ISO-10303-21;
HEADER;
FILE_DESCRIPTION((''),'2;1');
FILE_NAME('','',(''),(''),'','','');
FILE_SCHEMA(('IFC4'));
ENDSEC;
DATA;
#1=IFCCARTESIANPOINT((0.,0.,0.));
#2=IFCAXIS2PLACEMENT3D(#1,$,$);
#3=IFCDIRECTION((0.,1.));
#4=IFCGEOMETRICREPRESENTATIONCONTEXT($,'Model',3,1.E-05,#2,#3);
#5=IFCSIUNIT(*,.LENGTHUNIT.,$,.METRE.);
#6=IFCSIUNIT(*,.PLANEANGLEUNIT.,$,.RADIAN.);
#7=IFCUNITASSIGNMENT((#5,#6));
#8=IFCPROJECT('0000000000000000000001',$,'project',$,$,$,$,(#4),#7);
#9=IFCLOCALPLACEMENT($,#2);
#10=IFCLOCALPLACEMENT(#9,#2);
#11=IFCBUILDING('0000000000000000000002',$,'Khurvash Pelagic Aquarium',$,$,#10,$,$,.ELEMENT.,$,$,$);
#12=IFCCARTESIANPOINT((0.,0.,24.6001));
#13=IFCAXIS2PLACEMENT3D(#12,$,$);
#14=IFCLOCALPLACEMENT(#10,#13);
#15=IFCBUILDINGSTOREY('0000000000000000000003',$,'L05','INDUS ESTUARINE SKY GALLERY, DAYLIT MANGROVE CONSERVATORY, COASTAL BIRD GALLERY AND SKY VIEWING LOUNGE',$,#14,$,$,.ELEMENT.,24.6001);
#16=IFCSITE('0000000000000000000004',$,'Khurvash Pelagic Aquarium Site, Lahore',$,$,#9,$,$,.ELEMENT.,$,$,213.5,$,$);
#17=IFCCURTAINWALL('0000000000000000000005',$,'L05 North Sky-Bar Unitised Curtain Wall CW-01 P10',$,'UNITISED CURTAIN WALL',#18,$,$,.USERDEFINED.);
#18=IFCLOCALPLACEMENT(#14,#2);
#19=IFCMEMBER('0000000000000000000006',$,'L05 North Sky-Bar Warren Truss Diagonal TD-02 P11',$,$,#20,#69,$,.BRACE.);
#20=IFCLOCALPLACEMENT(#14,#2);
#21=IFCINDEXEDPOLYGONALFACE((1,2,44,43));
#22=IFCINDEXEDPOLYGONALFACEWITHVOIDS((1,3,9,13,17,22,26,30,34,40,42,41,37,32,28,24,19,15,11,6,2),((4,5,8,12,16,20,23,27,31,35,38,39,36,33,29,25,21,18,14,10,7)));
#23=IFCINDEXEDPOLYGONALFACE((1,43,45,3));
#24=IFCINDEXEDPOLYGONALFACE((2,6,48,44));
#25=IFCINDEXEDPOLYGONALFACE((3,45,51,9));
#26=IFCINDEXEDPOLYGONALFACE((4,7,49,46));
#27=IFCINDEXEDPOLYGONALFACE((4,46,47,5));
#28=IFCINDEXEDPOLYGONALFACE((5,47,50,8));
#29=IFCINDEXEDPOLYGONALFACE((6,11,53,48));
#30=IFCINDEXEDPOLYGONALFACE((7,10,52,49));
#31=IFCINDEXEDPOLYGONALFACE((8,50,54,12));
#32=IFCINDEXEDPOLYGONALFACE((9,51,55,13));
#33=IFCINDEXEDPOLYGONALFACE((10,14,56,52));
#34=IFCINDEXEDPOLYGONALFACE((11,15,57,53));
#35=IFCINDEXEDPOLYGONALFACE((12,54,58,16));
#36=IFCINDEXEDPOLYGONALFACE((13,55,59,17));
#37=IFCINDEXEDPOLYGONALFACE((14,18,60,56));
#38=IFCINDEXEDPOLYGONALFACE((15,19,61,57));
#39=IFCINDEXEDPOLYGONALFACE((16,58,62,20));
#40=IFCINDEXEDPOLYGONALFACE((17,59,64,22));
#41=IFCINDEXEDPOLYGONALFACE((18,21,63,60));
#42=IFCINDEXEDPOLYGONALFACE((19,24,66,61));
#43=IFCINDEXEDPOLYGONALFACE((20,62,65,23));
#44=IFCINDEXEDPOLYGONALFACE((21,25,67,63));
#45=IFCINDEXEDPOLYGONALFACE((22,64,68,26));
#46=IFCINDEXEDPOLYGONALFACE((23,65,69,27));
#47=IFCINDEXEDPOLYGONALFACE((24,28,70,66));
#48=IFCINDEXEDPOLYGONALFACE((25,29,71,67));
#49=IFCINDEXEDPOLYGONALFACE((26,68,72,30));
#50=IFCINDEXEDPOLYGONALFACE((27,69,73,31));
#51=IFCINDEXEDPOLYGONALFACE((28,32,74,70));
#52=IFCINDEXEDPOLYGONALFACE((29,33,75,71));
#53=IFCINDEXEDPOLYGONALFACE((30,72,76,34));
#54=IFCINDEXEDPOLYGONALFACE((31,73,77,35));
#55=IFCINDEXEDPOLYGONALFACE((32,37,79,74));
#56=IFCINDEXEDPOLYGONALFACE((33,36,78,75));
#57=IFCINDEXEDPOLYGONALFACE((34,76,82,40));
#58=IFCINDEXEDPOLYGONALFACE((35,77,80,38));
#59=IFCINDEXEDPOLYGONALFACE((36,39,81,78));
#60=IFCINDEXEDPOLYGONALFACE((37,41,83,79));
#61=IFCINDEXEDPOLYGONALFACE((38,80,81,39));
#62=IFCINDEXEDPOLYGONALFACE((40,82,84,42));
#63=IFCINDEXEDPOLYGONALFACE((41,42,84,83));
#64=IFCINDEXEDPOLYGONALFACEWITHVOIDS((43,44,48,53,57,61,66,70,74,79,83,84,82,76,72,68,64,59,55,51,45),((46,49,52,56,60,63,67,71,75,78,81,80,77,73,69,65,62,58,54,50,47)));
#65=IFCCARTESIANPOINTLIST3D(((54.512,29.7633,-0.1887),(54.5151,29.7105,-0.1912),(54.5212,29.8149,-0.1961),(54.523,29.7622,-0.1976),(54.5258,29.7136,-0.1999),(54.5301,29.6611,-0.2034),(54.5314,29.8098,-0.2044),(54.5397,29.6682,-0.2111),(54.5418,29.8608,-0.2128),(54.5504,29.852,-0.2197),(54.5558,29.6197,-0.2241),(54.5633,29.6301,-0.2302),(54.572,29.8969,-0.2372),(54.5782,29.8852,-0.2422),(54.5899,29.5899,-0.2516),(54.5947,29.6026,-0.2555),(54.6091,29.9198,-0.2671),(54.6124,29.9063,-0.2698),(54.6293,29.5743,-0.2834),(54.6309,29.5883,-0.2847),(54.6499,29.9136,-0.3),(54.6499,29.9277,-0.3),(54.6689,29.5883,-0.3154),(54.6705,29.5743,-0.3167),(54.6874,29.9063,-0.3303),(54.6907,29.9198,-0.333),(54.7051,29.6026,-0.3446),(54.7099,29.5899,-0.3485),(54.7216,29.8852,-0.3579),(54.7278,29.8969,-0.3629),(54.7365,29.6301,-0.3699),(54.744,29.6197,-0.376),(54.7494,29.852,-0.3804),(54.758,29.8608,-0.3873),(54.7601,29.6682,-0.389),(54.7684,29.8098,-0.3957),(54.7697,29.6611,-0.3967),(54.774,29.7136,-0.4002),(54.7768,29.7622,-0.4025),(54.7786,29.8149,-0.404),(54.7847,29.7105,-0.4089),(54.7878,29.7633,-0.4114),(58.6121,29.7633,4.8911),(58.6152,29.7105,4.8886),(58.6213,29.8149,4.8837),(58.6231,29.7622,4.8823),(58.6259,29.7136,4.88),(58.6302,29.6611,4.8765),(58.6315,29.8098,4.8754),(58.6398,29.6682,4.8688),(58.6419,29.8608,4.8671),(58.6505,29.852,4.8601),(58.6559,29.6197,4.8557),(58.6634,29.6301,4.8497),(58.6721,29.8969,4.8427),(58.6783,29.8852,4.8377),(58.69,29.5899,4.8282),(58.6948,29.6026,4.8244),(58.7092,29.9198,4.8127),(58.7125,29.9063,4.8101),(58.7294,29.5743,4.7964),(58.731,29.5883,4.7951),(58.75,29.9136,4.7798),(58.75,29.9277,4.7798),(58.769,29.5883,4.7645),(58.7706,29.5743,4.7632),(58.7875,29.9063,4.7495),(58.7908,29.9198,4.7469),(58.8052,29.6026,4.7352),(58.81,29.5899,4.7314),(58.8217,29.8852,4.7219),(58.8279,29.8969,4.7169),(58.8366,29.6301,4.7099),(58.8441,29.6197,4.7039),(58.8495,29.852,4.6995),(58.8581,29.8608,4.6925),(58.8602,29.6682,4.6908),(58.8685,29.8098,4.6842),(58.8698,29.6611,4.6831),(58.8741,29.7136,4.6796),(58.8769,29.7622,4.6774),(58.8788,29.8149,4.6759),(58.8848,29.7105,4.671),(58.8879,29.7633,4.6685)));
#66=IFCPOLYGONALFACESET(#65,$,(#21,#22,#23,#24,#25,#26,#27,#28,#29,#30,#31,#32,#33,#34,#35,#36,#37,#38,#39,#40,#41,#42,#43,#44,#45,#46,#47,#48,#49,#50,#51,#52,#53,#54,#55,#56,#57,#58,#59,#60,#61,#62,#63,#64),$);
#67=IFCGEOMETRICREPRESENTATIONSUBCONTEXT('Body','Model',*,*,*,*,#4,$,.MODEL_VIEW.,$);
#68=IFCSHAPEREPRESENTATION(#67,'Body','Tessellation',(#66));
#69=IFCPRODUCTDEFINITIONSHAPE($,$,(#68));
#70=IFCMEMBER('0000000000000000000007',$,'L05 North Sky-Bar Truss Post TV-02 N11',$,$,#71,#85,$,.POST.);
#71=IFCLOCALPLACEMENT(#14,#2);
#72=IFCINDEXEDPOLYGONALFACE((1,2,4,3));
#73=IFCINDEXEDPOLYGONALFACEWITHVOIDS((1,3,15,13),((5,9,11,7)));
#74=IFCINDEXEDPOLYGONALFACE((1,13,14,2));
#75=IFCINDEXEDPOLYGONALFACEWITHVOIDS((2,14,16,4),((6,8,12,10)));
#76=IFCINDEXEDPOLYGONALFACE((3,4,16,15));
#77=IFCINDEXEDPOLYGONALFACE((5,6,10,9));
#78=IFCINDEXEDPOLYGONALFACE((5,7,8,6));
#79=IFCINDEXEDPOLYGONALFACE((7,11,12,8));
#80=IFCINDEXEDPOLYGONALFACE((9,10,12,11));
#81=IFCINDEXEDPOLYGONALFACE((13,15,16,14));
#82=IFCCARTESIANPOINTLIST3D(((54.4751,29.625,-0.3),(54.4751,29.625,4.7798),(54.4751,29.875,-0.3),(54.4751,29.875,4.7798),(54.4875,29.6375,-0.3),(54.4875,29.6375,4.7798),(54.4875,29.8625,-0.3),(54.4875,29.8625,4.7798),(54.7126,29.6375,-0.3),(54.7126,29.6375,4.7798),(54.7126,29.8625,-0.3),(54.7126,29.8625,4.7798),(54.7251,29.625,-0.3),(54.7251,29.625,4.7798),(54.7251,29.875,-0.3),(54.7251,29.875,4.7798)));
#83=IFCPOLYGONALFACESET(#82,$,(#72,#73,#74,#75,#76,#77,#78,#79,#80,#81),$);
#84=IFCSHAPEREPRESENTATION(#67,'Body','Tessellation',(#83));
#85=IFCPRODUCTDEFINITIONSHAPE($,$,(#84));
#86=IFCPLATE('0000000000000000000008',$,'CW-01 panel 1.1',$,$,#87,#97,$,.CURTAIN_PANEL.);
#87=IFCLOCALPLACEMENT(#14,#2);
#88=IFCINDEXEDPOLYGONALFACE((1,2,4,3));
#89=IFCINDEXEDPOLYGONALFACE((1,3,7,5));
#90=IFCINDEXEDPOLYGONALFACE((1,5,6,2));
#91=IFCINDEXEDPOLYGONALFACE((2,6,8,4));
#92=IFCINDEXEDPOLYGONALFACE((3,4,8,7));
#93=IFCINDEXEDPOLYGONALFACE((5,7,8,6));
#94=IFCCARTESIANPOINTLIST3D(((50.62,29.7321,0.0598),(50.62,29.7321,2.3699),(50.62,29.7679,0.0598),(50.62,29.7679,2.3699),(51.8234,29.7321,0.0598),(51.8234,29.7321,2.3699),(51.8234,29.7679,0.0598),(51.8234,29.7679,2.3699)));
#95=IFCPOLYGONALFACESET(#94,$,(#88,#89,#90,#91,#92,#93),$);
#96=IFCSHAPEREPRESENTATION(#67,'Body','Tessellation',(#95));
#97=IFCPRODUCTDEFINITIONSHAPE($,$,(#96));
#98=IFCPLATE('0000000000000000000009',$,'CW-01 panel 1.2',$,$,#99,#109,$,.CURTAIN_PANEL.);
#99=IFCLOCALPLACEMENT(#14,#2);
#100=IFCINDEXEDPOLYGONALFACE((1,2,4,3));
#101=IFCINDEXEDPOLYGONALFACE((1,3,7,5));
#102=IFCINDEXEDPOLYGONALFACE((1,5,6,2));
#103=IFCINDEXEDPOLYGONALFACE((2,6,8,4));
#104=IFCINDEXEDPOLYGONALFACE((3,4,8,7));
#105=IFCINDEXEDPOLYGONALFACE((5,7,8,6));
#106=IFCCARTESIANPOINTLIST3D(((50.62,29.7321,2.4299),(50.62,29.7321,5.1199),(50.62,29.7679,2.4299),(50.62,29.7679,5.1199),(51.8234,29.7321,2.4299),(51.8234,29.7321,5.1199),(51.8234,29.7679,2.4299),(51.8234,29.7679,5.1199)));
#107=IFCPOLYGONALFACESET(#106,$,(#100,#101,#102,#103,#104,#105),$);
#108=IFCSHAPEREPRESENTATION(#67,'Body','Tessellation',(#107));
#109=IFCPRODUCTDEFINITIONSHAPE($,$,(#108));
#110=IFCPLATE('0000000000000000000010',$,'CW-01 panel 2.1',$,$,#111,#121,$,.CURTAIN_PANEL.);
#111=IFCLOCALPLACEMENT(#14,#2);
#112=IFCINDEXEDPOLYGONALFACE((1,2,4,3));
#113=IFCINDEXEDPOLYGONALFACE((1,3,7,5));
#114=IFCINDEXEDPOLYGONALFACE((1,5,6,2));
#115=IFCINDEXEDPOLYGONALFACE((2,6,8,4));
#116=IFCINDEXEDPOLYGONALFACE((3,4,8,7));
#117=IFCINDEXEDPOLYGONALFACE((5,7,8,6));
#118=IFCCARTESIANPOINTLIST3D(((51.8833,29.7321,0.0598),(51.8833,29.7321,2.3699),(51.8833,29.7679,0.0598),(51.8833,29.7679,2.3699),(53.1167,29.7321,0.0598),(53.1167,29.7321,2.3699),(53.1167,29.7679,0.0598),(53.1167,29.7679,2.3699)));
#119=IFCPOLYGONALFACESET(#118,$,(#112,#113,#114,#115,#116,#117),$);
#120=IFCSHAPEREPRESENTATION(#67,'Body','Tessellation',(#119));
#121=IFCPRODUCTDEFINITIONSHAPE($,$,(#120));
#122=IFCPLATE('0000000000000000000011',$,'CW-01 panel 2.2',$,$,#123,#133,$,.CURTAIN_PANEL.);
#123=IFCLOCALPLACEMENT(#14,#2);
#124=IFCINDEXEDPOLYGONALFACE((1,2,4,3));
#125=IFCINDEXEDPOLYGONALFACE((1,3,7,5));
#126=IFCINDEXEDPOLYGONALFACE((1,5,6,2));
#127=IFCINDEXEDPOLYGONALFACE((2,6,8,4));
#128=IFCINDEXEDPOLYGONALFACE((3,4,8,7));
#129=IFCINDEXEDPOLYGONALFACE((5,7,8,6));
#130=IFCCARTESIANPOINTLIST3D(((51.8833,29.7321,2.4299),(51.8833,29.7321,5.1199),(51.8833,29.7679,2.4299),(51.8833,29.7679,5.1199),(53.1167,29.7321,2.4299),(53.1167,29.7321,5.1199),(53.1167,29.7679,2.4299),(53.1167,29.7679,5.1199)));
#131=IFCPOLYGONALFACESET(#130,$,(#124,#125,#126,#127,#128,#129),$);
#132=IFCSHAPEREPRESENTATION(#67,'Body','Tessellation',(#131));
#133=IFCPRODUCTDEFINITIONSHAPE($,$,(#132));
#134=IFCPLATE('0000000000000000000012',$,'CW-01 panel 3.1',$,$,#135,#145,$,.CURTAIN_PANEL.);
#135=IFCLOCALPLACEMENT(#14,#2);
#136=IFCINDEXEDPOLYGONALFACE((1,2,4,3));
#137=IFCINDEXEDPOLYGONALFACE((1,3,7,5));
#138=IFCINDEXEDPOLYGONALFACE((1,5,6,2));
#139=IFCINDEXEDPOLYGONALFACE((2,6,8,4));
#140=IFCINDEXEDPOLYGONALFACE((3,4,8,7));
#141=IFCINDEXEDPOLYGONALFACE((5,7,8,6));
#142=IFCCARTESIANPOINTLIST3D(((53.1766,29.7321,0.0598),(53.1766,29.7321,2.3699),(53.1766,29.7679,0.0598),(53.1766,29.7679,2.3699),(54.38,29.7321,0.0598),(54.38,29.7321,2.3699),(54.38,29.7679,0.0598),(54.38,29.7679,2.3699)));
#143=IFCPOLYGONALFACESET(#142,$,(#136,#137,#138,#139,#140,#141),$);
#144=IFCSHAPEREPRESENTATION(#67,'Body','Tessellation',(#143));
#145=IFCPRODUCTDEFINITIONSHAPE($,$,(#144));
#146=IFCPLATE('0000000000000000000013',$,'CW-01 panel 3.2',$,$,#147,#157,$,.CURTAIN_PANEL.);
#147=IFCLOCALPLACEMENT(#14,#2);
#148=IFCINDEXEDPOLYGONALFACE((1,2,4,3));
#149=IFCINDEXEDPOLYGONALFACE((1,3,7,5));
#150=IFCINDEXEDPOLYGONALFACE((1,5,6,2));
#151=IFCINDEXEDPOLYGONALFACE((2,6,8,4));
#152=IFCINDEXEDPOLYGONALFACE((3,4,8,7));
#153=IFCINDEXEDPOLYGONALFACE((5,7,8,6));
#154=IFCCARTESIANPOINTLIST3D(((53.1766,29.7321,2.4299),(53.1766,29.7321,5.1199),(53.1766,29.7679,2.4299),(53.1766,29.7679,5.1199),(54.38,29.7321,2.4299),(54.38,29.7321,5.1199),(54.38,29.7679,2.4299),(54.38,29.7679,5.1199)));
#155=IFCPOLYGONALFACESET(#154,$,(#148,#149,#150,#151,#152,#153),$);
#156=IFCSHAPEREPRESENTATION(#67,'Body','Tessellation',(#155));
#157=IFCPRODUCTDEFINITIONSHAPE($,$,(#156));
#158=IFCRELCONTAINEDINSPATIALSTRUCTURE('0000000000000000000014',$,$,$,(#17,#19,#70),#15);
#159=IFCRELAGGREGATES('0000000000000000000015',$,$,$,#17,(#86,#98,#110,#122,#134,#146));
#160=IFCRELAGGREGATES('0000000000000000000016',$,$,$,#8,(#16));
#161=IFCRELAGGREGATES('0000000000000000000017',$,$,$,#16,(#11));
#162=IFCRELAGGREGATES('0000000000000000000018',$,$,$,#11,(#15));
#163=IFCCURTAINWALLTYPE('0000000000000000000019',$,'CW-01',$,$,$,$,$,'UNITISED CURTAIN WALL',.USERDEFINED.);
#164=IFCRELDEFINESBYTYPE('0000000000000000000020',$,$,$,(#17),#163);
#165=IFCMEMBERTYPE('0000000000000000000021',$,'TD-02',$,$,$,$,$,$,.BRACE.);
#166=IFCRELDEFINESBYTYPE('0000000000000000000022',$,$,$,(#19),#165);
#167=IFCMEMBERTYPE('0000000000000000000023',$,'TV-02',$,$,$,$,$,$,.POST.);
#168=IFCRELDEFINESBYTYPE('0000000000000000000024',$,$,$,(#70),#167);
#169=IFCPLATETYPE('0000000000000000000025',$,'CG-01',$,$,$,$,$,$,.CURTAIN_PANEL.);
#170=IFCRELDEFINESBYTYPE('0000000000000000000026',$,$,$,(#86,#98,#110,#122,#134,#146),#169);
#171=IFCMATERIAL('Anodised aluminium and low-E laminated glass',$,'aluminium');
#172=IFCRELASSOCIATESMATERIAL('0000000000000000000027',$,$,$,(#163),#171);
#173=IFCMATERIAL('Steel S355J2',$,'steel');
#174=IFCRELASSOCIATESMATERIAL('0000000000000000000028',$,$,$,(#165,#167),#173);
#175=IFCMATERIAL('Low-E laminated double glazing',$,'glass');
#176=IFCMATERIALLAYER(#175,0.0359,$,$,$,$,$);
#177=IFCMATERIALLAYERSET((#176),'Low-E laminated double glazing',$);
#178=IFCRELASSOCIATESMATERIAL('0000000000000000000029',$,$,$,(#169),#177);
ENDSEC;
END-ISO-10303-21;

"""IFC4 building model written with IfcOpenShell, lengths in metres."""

from ifc_helpers import new_model, si_unit, direction, frame, origin, origin_2d, place, context, subcontext, project, spatial, rectangle, hollow_rectangle, hollow_circle, extrude, material, layer, layer_set, material_profile, profile_set, type_object, element, aggregate, save


model = new_model("IFC4")

# Units and contexts
model_context = context("Model", 3, precision=1e-05, world=origin(), true_north=direction((0.0, 1.0)))
body_context = subcontext(model_context, "Body", "Model", "MODEL_VIEW")
ifc_project = project(units=[si_unit("LENGTHUNIT", "METRE"), si_unit("PLANEANGLEUNIT", "RADIAN")], contexts=[model_context])

# Site, building, storey
site_placement = place(None, origin())
site = spatial("IfcSite", under=ifc_project, at=site_placement, Name="Khurvash Pelagic Aquarium Site, Lahore", CompositionType="ELEMENT", RefElevation=213.5)
building_placement = place(site_placement, origin())
building = spatial("IfcBuilding", under=site, at=building_placement, Name="Khurvash Pelagic Aquarium", CompositionType="ELEMENT")
storey_placement = place(building_placement, frame((0.0, 0.0, 24.6001)))
storey = spatial("IfcBuildingStorey", under=building, at=storey_placement, Name="L05", Description="INDUS ESTUARINE SKY GALLERY, DAYLIT MANGROVE CONSERVATORY, COASTAL BIRD GALLERY AND SKY VIEWING LOUNGE", CompositionType="ELEMENT", Elevation=24.6001)

# Curtain wall
ifc_material_1 = material(Name="Anodised aluminium and low-E laminated glass", Category="aluminium")
curtain_wall_type = type_object("IfcCurtainWallType", Name="CW-01", ElementType="UNITISED CURTAIN WALL", PredefinedType="USERDEFINED", material=ifc_material_1)
curtain_wall_1_placement = place(storey_placement, origin())
curtain_wall_1 = element("IfcCurtainWall", 1, at=curtain_wall_1_placement, inside=storey, type_object=curtain_wall_type, Name="L05 North Sky-Bar Unitised Curtain Wall CW-01 P10", ObjectType="UNITISED CURTAIN WALL", PredefinedType="USERDEFINED")

# Members
ifc_material_2 = material(Name="Steel S355J2", Category="steel")
ifc_material_profile_1 = material_profile(ifc_material_2, hollow_circle(Radius=0.1777, WallThickness=0.0142, at=origin_2d()), Name="CHS355X14")
ifc_profile_set_1 = profile_set([ifc_material_profile_1], Name="Steel S355J2")
member_type_1 = type_object("IfcMemberType", Name="TD-02", PredefinedType="BRACE", material=ifc_profile_set_1)
for number, where, z_axis, x_axis, name in (
    (2, (54.6499, 29.75, -0.3), (0.628073, 0.0, 0.778154), (0.0, 1.0, 0.0), "L05 North Sky-Bar Warren Truss Diagonal TD-02 P11"),
):
    element("IfcMember", number, at=place(storey_placement, frame(where, z_axis=z_axis, x_axis=x_axis)), inside=storey, type_object=member_type_1, Name=name, PredefinedType="BRACE", context=body_context, shape_type="SweptSolid", body=[
        extrude(hollow_circle(Radius=0.1777, WallThickness=0.0142, at=origin_2d()), origin(), (0.0, 0.0, 1.0), 6.5281),
    ])
ifc_material_profile_2 = material_profile(ifc_material_2, hollow_rectangle(XDim=0.25, YDim=0.25, WallThickness=0.0125, at=origin_2d()), Name="SHS250X250X12")
ifc_profile_set_2 = profile_set([ifc_material_profile_2], Name="Steel S355J2")
member_type_2 = type_object("IfcMemberType", Name="TV-02", PredefinedType="POST", material=ifc_profile_set_2)
member_1_placement = place(storey_placement, frame((54.6001, 29.75, -0.3), z_axis=(0.0, 0.0, 1.0), x_axis=(1.0, 0.0, 0.0)))
element("IfcMember", 3, at=member_1_placement, inside=storey, type_object=member_type_2, Name="L05 North Sky-Bar Truss Post TV-02 N11", PredefinedType="POST", context=body_context, shape_type="SweptSolid", body=[
    extrude(hollow_rectangle(XDim=0.25, YDim=0.25, WallThickness=0.0125, at=origin_2d()), origin(), (0.0, 0.0, 1.0), 5.0798),
])

# Plates
ifc_material_3 = material(Name="Low-E laminated double glazing", Category="glass")
ifc_layer = layer(ifc_material_3, 0.0359)
ifc_layer_set = layer_set([ifc_layer], Name="Low-E laminated double glazing")
plate_type = type_object("IfcPlateType", Name="CG-01", PredefinedType="CURTAIN_PANEL", material=ifc_layer_set)
plate_1_placement = place(storey_placement, frame((51.2217, 29.75, 0.0598), z_axis=(0.0, 0.0, 1.0), x_axis=(1.0, 0.0, 0.0)))
plate_1 = element("IfcPlate", 4, at=plate_1_placement, type_object=plate_type, Name="CW-01 panel 1.1", PredefinedType="CURTAIN_PANEL", context=body_context, shape_type="SweptSolid", body=[
    extrude(rectangle(XDim=1.2034, YDim=0.0359, at=origin_2d()), origin(), (0.0, 0.0, 1.0), 2.3101),
])
plate_2_placement = place(storey_placement, frame((51.2217, 29.75, 2.4299), z_axis=(0.0, 0.0, 1.0), x_axis=(1.0, 0.0, 0.0)))
plate_2 = element("IfcPlate", 5, at=plate_2_placement, type_object=plate_type, Name="CW-01 panel 1.2", PredefinedType="CURTAIN_PANEL", context=body_context, shape_type="SweptSolid", body=[
    extrude(rectangle(XDim=1.2034, YDim=0.0359, at=origin_2d()), origin(), (0.0, 0.0, 1.0), 2.6899),
])
plate_3_placement = place(storey_placement, frame((52.5, 29.75, 0.0598), z_axis=(0.0, 0.0, 1.0), x_axis=(1.0, 0.0, 0.0)))
plate_3 = element("IfcPlate", 6, at=plate_3_placement, type_object=plate_type, Name="CW-01 panel 2.1", PredefinedType="CURTAIN_PANEL", context=body_context, shape_type="SweptSolid", body=[
    extrude(rectangle(XDim=1.2334, YDim=0.0359, at=origin_2d()), origin(), (0.0, 0.0, 1.0), 2.3101),
])
plate_4_placement = place(storey_placement, frame((52.5, 29.75, 2.4299), z_axis=(0.0, 0.0, 1.0), x_axis=(1.0, 0.0, 0.0)))
plate_4 = element("IfcPlate", 7, at=plate_4_placement, type_object=plate_type, Name="CW-01 panel 2.2", PredefinedType="CURTAIN_PANEL", context=body_context, shape_type="SweptSolid", body=[
    extrude(rectangle(XDim=1.2334, YDim=0.0359, at=origin_2d()), origin(), (0.0, 0.0, 1.0), 2.6899),
])
plate_5_placement = place(storey_placement, frame((53.7783, 29.75, 0.0598), z_axis=(0.0, 0.0, 1.0), x_axis=(1.0, 0.0, 0.0)))
plate_5 = element("IfcPlate", 8, at=plate_5_placement, type_object=plate_type, Name="CW-01 panel 3.1", PredefinedType="CURTAIN_PANEL", context=body_context, shape_type="SweptSolid", body=[
    extrude(rectangle(XDim=1.2034, YDim=0.0359, at=origin_2d()), origin(), (0.0, 0.0, 1.0), 2.3101),
])
plate_6_placement = place(storey_placement, frame((53.7783, 29.75, 2.4299), z_axis=(0.0, 0.0, 1.0), x_axis=(1.0, 0.0, 0.0)))
plate_6 = element("IfcPlate", 9, at=plate_6_placement, type_object=plate_type, Name="CW-01 panel 3.2", PredefinedType="CURTAIN_PANEL", context=body_context, shape_type="SweptSolid", body=[
    extrude(rectangle(XDim=1.2034, YDim=0.0359, at=origin_2d()), origin(), (0.0, 0.0, 1.0), 2.6899),
])
aggregate(curtain_wall_1, [plate_1, plate_2, plate_3, plate_4, plate_5, plate_6])

save(model, "model.ifc")
